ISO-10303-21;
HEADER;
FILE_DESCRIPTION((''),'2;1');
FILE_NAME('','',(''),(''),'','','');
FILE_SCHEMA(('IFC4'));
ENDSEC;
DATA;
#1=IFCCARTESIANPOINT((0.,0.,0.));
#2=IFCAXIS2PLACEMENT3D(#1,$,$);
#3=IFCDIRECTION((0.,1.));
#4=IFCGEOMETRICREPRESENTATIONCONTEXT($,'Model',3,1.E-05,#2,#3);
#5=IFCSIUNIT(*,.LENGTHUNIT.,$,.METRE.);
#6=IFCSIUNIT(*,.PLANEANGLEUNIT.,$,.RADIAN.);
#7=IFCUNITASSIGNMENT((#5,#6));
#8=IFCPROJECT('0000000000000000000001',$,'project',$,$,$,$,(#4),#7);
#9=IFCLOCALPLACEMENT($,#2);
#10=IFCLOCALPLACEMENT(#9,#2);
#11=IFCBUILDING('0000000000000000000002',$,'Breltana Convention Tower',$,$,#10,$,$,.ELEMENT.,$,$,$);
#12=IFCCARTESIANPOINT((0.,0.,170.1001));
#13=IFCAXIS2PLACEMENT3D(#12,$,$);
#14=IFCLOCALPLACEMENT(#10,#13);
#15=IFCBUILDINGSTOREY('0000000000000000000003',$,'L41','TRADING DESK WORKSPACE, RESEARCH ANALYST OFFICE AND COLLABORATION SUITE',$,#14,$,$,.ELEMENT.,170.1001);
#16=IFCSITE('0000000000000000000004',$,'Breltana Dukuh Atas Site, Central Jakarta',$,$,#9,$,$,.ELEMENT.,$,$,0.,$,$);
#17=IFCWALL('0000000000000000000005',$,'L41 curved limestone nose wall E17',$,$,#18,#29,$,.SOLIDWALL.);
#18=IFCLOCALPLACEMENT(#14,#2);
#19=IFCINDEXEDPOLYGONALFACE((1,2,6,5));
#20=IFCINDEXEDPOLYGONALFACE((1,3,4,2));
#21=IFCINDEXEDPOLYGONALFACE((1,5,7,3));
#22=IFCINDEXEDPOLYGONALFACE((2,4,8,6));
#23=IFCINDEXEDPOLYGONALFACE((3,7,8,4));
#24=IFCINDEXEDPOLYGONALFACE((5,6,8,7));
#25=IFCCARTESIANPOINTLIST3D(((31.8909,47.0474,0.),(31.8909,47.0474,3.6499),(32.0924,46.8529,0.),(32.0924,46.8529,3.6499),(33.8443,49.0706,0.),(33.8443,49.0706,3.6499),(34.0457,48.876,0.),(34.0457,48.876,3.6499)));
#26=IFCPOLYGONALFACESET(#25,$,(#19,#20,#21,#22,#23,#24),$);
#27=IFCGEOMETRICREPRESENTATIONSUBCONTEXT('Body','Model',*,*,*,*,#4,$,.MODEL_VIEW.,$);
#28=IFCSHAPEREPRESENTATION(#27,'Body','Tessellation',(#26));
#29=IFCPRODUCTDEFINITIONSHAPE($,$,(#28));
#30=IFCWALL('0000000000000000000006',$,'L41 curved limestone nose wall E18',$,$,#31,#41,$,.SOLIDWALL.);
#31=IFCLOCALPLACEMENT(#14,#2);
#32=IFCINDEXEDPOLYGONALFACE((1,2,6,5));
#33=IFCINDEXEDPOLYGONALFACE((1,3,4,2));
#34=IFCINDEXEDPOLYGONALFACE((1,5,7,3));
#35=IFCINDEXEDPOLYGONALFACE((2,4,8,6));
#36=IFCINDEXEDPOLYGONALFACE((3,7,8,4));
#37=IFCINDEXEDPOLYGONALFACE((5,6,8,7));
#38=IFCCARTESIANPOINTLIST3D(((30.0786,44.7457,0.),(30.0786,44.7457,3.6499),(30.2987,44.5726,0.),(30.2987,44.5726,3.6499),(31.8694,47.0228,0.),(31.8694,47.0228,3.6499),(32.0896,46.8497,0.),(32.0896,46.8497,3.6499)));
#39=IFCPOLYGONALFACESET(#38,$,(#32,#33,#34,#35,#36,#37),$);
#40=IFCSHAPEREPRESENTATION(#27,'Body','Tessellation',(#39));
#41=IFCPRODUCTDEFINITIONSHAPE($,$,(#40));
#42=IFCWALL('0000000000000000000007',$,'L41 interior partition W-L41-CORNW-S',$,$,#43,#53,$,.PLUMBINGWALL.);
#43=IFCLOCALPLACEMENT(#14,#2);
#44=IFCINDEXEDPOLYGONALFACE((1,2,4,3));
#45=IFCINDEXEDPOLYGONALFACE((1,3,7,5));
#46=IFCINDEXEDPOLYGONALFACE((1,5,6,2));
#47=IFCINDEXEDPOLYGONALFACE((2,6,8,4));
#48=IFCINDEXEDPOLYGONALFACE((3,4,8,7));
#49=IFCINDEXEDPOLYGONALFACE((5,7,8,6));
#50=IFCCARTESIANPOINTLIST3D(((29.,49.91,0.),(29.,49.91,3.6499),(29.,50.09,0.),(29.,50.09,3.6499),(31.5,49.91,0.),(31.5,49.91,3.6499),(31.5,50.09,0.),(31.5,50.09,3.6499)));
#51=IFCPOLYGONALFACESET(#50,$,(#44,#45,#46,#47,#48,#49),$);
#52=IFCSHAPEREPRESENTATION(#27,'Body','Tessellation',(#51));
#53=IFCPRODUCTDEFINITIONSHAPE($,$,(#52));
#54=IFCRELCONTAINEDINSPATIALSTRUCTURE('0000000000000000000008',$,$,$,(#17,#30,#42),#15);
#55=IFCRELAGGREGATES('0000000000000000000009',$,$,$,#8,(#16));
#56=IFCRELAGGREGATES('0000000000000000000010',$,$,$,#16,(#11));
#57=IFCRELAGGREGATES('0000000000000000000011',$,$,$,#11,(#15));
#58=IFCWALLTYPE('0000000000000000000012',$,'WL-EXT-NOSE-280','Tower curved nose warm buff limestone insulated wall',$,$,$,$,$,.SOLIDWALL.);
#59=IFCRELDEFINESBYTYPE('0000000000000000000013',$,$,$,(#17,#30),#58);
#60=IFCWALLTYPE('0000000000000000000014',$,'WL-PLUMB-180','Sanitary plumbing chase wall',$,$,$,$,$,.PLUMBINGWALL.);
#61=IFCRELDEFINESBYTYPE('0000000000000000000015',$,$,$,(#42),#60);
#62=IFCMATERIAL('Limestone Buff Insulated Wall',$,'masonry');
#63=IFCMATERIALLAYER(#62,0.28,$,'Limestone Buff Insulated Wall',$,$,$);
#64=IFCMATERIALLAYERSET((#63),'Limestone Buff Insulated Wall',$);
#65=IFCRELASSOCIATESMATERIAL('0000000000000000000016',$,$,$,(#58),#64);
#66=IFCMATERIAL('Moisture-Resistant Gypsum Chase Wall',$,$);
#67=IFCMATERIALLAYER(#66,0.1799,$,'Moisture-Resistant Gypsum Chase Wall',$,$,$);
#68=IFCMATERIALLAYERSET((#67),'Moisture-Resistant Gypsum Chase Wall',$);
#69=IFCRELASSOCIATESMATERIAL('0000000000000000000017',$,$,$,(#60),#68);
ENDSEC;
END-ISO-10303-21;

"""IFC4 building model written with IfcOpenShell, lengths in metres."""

from ifc_helpers import new_model, si_unit, direction, frame, frame_2d, origin, place, context, subcontext, project, spatial, rectangle, extrude, source, transform, mapped, material, layer, layer_set, type_object, element, save


model = new_model("IFC4")

# Units and contexts
model_context = context("Model", 3, precision=1e-05, world=origin(), true_north=direction((0.0, 1.0)))
body_context = subcontext(model_context, "Body", "Model", "MODEL_VIEW")
ifc_project = project(units=[si_unit("LENGTHUNIT", "METRE"), si_unit("PLANEANGLEUNIT", "RADIAN")], contexts=[model_context])

# Site, building, storey
site_placement = place(None, origin())
site = spatial("IfcSite", under=ifc_project, at=site_placement, Name="Breltana Dukuh Atas Site, Central Jakarta", CompositionType="ELEMENT", RefElevation=0.0)
building_placement = place(site_placement, origin())
building = spatial("IfcBuilding", under=site, at=building_placement, Name="Breltana Convention Tower", CompositionType="ELEMENT")
storey_placement = place(building_placement, frame((0.0, 0.0, 170.1001)))
storey = spatial("IfcBuildingStorey", under=building, at=storey_placement, Name="L41", Description="TRADING DESK WORKSPACE, RESEARCH ANALYST OFFICE AND COLLABORATION SUITE", CompositionType="ELEMENT", Elevation=170.1001)

# Shared definitions
ifc_material_1 = material(Name="Limestone Buff Insulated Wall", Category="masonry")
ifc_layer_1 = layer(ifc_material_1, 0.28, Name="Limestone Buff Insulated Wall")
ifc_layer_set_1 = layer_set([ifc_layer_1], Name="Limestone Buff Insulated Wall")
wall_type_1 = type_object("IfcWallType", Name="WL-EXT-NOSE-280", Description="Tower curved nose warm buff limestone insulated wall", PredefinedType="SOLIDWALL", material=ifc_layer_set_1)

# Walls
shared_shape_1 = source(origin(), body_context, "Body", "SweptSolid", [
    extrude(rectangle(XDim=2.8123, YDim=0.28, at=frame_2d((1.4062, 0.0))), origin(), (0.0, 0.0, 1.0), 3.6499),
])
wall_1_placement = place(storey_placement, frame((33.9451, 48.9734, 0.0), z_axis=(0.0, 0.0, 1.0), x_axis=(-0.694584, -0.719412, 0.0)))
element("IfcWall", 1, at=wall_1_placement, inside=storey, type_object=wall_type_1, Name="L41 curved limestone nose wall E17", PredefinedType="SOLIDWALL", context=body_context, shape_type="MappedRepresentation", body=[
    mapped(shared_shape_1, transform((0.0, 0.0, 0.0), scale=1.0)),
])
shared_shape_2 = source(origin(), body_context, "Body", "SweptSolid", [
    extrude(rectangle(XDim=2.897, YDim=0.28, at=frame_2d((1.4485, 0.0))), origin(), (0.0, 0.0, 1.0), 3.6499),
])
wall_2_placement = place(storey_placement, frame((31.9795, 46.9363, 0.0), z_axis=(0.0, 0.0, 1.0), x_axis=(-0.618168, -0.786046, 0.0)))
element("IfcWall", 2, at=wall_2_placement, inside=storey, type_object=wall_type_1, Name="L41 curved limestone nose wall E18", PredefinedType="SOLIDWALL", context=body_context, shape_type="MappedRepresentation", body=[
    mapped(shared_shape_2, transform((0.0, 0.0, 0.0), scale=1.0)),
])
ifc_material_2 = material(Name="Moisture-Resistant Gypsum Chase Wall")
ifc_layer_2 = layer(ifc_material_2, 0.1799, Name="Moisture-Resistant Gypsum Chase Wall")
ifc_layer_set_2 = layer_set([ifc_layer_2], Name="Moisture-Resistant Gypsum Chase Wall")
wall_type_2 = type_object("IfcWallType", Name="WL-PLUMB-180", Description="Sanitary plumbing chase wall", PredefinedType="PLUMBINGWALL", material=ifc_layer_set_2)
shared_shape_3 = source(origin(), body_context, "Body", "SweptSolid", [
    extrude(rectangle(XDim=2.5, YDim=0.1799, at=frame_2d((1.25, 0.0))), origin(), (0.0, 0.0, 1.0), 3.6499),
])
wall_3_placement = place(storey_placement, frame((29.0, 50.0, 0.0), z_axis=(0.0, 0.0, 1.0), x_axis=(1.0, 0.0, 0.0)))
element("IfcWall", 3, at=wall_3_placement, inside=storey, type_object=wall_type_2, Name="L41 interior partition W-L41-CORNW-S", PredefinedType="PLUMBINGWALL", context=body_context, shape_type="MappedRepresentation", body=[
    mapped(shared_shape_3, transform((0.0, 0.0, 0.0), scale=1.0)),
])

save(model, "model.ifc")
